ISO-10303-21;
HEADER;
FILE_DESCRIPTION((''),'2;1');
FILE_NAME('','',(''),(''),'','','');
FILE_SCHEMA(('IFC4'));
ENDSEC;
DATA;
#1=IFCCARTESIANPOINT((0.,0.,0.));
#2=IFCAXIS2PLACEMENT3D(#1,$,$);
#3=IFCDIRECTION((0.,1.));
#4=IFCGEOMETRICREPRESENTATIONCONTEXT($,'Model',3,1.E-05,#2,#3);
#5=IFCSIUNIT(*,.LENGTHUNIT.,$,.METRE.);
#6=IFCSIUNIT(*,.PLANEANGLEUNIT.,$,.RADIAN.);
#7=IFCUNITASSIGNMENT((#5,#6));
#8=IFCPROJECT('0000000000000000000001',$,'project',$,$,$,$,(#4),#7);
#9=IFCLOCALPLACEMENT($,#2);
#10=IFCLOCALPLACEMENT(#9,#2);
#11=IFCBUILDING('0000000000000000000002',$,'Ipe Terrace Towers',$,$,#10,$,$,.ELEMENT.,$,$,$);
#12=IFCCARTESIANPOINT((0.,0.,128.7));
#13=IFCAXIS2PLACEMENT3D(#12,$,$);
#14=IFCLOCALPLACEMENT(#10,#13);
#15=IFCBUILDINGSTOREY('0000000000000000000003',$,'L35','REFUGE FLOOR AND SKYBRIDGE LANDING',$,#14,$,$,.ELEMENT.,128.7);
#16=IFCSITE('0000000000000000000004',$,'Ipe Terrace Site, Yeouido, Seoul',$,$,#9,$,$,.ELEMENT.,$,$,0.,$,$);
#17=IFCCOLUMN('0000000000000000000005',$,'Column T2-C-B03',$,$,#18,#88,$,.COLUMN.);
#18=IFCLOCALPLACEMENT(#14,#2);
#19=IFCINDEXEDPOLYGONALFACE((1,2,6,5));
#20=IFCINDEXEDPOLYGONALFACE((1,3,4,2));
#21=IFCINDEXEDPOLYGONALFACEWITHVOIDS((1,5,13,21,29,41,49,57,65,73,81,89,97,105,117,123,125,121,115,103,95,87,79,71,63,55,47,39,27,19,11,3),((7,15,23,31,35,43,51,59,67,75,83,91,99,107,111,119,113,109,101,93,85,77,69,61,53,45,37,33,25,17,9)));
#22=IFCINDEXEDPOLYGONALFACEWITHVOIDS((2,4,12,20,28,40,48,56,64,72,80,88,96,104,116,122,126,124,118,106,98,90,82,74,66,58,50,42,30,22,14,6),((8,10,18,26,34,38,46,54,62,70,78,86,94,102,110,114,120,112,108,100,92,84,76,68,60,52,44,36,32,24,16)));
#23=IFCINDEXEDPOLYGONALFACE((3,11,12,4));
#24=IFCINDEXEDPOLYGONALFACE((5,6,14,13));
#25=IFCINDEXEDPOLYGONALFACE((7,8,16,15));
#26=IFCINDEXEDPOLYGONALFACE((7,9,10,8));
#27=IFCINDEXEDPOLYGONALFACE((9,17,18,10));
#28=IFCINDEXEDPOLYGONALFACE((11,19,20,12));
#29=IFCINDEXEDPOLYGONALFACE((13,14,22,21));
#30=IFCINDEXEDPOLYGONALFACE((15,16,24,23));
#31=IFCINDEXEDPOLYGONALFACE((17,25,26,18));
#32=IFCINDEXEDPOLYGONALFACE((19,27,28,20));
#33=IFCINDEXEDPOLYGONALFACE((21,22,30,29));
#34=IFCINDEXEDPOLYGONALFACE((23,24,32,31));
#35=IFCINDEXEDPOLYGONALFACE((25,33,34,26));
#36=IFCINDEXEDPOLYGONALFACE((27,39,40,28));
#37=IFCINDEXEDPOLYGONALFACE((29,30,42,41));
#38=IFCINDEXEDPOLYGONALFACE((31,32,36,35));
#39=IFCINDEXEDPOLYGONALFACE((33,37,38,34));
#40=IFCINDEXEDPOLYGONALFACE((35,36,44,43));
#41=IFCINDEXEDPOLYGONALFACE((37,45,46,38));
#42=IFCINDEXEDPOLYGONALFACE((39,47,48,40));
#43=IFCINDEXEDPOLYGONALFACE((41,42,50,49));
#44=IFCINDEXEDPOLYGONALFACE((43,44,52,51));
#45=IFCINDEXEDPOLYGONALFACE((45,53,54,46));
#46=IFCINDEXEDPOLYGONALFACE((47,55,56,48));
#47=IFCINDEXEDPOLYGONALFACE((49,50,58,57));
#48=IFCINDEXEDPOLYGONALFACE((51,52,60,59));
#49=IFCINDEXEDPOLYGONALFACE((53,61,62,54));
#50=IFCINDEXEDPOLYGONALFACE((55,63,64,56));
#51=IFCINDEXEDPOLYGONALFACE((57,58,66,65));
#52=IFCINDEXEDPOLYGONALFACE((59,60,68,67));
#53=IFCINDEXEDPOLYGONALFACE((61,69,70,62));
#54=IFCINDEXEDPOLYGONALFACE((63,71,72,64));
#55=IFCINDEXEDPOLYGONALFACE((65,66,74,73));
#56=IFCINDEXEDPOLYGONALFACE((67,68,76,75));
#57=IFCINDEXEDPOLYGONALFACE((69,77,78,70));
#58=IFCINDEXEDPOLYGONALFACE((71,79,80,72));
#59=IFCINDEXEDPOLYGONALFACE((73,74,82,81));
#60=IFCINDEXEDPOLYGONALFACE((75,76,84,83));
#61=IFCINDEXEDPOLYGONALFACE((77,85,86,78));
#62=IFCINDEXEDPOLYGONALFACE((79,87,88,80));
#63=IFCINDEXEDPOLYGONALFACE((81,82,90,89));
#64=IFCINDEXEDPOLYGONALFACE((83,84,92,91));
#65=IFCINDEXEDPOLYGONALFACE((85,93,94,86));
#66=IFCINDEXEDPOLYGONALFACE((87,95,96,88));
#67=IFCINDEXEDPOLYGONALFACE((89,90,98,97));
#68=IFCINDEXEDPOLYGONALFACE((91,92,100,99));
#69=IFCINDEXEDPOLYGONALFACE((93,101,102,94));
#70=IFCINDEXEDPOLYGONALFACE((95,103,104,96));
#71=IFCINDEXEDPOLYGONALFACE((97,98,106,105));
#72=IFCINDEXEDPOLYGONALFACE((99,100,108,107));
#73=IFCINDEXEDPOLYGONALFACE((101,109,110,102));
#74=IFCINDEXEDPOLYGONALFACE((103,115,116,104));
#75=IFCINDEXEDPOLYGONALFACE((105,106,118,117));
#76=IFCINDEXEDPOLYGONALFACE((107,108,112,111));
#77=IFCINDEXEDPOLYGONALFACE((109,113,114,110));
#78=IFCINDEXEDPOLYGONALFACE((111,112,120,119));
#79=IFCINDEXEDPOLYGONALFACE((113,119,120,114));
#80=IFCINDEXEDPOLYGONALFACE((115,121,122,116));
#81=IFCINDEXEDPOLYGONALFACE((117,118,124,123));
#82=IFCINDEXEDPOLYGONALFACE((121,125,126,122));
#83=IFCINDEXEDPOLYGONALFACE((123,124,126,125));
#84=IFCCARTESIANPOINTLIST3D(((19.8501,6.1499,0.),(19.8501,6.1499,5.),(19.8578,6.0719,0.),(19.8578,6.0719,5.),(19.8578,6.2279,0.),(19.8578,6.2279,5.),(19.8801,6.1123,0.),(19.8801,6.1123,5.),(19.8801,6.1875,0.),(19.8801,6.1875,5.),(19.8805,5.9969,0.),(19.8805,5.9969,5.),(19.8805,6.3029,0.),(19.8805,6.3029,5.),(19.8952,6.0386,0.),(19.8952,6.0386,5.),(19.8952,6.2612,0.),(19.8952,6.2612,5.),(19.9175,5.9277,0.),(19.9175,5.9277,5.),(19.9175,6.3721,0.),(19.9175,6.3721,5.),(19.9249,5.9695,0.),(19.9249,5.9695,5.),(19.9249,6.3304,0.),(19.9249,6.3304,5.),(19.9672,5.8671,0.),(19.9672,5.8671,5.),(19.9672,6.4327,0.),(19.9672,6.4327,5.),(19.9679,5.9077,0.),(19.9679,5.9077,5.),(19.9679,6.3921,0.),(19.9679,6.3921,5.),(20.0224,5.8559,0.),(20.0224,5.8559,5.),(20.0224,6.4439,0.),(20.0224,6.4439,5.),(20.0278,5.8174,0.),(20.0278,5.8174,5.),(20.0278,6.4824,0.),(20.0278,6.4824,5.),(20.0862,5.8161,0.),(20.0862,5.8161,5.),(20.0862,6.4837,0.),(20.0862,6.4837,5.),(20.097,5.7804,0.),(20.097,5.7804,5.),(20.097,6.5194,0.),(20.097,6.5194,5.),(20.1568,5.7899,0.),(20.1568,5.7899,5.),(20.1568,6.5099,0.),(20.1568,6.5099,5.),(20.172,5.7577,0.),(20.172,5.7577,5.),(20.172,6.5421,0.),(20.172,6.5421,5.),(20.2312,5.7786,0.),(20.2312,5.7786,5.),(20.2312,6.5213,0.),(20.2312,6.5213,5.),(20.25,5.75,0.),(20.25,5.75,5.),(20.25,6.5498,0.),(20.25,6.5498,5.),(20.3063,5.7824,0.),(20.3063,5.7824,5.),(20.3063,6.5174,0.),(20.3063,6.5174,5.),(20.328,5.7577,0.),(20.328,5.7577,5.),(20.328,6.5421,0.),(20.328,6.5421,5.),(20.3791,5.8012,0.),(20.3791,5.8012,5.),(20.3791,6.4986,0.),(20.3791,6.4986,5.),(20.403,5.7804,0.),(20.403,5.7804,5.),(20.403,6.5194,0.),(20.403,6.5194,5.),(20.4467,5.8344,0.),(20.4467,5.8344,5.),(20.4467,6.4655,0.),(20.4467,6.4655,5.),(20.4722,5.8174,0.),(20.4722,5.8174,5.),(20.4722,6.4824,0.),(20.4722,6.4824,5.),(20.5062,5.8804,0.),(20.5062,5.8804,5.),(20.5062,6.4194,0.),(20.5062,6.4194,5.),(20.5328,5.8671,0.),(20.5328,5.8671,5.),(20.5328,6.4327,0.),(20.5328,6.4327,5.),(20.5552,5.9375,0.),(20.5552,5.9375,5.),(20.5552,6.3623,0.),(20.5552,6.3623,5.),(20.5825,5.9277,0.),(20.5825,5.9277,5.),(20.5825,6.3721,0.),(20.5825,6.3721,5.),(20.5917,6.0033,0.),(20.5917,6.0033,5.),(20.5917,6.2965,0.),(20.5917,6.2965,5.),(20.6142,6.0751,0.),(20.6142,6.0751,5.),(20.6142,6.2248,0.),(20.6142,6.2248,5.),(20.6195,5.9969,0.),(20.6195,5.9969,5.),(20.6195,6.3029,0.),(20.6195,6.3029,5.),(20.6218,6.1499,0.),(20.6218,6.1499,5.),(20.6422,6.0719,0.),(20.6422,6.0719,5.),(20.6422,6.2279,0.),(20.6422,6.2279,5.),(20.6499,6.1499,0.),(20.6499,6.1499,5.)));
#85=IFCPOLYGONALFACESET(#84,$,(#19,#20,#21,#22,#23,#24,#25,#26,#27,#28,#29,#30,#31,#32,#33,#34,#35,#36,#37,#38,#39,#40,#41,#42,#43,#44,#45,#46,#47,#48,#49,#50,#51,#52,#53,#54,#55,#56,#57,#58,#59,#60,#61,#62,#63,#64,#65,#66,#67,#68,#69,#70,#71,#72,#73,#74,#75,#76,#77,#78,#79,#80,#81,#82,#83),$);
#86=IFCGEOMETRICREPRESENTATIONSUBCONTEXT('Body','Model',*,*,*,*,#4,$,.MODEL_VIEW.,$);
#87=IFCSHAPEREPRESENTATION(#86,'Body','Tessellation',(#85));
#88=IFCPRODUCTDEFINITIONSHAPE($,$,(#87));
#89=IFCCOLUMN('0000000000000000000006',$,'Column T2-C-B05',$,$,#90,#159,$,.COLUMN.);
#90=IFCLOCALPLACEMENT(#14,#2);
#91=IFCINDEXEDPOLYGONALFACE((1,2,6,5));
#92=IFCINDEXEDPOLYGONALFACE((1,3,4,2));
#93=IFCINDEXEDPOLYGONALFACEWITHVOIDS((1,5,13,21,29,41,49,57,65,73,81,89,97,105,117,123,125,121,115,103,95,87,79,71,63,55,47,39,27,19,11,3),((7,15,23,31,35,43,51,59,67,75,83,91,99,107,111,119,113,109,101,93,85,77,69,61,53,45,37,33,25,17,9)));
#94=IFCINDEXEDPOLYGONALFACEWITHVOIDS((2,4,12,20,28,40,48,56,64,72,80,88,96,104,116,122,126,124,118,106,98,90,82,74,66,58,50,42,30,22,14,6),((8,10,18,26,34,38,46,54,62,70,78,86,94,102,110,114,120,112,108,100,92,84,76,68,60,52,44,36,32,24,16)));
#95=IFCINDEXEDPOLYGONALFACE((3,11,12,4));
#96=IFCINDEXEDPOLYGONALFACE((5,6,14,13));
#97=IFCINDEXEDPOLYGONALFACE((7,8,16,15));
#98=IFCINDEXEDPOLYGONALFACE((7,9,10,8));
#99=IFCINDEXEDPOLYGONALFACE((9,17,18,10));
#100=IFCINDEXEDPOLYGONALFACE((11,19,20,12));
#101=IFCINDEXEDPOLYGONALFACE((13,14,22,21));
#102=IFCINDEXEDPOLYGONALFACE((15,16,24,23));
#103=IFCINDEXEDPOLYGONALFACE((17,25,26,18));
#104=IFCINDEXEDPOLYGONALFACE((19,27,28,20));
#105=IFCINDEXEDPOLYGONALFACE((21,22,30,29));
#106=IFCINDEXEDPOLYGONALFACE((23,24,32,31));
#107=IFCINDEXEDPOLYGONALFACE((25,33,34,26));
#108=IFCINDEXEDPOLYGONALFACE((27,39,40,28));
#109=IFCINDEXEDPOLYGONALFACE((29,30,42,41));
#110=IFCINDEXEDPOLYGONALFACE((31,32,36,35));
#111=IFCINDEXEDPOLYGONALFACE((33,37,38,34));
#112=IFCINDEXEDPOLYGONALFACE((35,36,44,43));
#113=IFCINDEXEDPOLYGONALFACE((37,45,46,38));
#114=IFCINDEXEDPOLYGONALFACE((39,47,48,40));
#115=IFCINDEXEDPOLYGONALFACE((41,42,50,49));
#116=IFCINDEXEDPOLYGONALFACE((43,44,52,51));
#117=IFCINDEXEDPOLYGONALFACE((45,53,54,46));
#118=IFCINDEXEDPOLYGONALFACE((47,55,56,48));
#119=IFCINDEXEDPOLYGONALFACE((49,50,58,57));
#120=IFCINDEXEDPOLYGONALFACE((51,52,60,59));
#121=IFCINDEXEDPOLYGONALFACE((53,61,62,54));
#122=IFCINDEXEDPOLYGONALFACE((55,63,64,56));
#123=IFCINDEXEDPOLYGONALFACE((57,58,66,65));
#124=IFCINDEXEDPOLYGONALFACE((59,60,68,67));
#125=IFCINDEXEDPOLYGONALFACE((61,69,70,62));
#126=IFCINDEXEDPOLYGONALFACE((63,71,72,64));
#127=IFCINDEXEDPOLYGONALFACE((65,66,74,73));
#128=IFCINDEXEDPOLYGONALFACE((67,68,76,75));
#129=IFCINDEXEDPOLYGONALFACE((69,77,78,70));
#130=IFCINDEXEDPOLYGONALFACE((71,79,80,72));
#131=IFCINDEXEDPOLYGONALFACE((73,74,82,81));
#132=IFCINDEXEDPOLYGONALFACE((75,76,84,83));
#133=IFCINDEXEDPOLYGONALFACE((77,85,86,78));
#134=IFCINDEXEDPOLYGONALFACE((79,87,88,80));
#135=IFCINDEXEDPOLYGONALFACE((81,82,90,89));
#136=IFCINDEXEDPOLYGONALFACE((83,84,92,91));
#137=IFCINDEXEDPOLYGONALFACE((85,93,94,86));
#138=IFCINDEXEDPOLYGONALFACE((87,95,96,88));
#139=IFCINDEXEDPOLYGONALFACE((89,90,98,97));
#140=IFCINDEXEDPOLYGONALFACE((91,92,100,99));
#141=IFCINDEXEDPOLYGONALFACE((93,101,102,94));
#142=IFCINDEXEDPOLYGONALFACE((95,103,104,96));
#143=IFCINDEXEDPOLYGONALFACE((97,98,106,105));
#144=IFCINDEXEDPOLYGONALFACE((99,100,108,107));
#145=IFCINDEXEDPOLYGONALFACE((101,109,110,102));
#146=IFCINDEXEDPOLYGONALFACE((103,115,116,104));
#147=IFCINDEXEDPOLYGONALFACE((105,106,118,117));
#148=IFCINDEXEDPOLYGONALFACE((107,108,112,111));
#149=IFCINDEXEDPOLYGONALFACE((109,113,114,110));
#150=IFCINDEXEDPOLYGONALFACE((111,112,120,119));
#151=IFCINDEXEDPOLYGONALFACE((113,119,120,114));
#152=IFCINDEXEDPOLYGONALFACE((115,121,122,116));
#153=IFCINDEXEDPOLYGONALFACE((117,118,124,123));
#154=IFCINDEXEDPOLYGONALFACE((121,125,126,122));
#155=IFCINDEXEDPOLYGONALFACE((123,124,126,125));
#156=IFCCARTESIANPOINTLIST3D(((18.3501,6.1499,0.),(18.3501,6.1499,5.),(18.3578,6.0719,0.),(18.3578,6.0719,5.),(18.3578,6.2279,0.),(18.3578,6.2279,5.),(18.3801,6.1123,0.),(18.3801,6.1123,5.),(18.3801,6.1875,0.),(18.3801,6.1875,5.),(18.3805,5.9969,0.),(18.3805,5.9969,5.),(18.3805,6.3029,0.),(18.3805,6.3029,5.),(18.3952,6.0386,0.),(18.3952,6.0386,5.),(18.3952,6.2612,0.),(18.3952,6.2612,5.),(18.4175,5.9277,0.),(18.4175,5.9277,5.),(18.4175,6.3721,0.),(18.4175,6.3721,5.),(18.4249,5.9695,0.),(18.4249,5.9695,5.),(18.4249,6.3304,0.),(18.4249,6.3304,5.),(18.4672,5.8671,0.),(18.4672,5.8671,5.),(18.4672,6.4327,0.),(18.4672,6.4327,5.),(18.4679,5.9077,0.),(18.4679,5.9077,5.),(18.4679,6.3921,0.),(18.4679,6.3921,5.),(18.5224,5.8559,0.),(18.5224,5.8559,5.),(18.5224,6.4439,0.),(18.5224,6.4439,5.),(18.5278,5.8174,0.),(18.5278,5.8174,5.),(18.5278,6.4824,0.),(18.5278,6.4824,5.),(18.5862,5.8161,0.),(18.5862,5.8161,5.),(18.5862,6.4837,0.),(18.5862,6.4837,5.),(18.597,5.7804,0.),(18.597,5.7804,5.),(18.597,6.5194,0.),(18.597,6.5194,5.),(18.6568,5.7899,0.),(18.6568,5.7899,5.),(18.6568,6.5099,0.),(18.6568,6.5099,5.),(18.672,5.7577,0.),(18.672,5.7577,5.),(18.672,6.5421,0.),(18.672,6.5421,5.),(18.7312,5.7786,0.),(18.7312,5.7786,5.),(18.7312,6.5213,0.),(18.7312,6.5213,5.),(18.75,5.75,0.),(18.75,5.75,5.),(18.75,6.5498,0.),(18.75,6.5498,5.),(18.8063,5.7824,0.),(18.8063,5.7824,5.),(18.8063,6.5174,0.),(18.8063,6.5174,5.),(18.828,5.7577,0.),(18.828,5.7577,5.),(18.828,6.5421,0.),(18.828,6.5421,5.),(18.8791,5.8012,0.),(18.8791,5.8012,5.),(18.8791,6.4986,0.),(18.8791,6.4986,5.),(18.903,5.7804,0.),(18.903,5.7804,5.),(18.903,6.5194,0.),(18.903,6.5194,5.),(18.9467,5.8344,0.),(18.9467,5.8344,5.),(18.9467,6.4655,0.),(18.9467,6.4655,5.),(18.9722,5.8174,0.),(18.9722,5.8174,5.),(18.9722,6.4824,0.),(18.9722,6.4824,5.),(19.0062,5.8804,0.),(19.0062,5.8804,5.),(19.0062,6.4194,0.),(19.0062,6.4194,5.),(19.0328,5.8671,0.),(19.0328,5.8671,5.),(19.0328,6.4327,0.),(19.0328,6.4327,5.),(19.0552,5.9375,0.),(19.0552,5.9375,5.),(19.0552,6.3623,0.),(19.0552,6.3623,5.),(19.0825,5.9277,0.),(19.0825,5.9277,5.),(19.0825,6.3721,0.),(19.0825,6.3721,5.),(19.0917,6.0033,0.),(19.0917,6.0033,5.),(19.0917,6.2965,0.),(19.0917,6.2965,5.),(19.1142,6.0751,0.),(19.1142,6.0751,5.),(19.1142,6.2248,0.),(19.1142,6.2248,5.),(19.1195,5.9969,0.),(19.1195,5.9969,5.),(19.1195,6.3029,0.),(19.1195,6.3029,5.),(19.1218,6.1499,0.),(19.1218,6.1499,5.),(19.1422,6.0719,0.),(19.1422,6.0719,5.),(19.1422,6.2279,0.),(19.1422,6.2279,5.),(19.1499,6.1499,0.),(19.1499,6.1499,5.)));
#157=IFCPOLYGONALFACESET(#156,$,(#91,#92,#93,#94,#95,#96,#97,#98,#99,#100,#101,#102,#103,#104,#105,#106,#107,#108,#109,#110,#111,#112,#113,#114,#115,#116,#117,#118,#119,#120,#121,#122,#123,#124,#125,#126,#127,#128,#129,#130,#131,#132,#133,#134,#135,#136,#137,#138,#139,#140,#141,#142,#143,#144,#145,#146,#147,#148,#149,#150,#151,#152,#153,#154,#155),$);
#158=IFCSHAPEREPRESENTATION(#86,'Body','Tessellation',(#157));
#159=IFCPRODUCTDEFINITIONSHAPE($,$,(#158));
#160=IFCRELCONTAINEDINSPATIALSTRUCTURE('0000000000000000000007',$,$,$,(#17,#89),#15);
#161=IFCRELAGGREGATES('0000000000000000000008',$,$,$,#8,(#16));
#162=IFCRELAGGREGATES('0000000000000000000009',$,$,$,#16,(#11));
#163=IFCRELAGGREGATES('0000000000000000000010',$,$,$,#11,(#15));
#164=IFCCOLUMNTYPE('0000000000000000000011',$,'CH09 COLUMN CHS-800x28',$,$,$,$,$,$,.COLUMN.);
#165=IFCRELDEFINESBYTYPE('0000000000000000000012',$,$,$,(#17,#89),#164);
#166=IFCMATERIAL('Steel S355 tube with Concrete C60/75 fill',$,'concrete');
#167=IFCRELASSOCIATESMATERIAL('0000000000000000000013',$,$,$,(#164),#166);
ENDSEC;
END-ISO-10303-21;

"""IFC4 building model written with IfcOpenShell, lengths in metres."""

from ifc_helpers import new_model, si_unit, direction, frame, origin, origin_2d, place, context, subcontext, project, spatial, hollow_circle, extrude, material, material_profile, profile_set, type_object, element, save


model = new_model("IFC4")

# Units and contexts
model_context = context("Model", 3, precision=1e-05, world=origin(), true_north=direction((0.0, 1.0)))
body_context = subcontext(model_context, "Body", "Model", "MODEL_VIEW")
ifc_project = project(units=[si_unit("LENGTHUNIT", "METRE"), si_unit("PLANEANGLEUNIT", "RADIAN")], contexts=[model_context])

# Site, building, storey
site_placement = place(None, origin())
site = spatial("IfcSite", under=ifc_project, at=site_placement, Name="Ipe Terrace Site, Yeouido, Seoul", CompositionType="ELEMENT", RefElevation=0.0)
building_placement = place(site_placement, origin())
building = spatial("IfcBuilding", under=site, at=building_placement, Name="Ipe Terrace Towers", CompositionType="ELEMENT")
storey_placement = place(building_placement, frame((0.0, 0.0, 128.7)))
storey = spatial("IfcBuildingStorey", under=building, at=storey_placement, Name="L35", Description="REFUGE FLOOR AND SKYBRIDGE LANDING", CompositionType="ELEMENT", Elevation=128.7)

# Columns
ifc_material_1 = material(Name="Steel S355 tube with Concrete C60/75 fill", Category="concrete")
ifc_material_profile_1 = material_profile(ifc_material_1, hollow_circle(Radius=0.3999, WallThickness=0.0281, at=origin_2d()), Name="CHS-800x28")
ifc_profile_set_1 = profile_set([ifc_material_profile_1], Name="Steel S355 tube with Concrete C60/75 fill")
column_type = type_object("IfcColumnType", Name="CH09 COLUMN CHS-800x28", PredefinedType="COLUMN", material=ifc_profile_set_1)
for number, where, z_axis, x_axis, name in (
    (1, (20.25, 6.1499, 0.0), (0.0, 0.0, 1.0), (1.0, 0.0, 0.0), "Column T2-C-B03"),
    (2, (18.75, 6.1499, 0.0), (0.0, 0.0, 1.0), (1.0, 0.0, 0.0), "Column T2-C-B05"),
):
    element("IfcColumn", number, at=place(storey_placement, frame(where, z_axis=z_axis, x_axis=x_axis)), inside=storey, type_object=column_type, Name=name, PredefinedType="COLUMN", context=body_context, shape_type="SweptSolid", body=[
        extrude(hollow_circle(Radius=0.3999, WallThickness=0.0281, at=origin_2d()), origin(), (0.0, 0.0, 1.0), 5.0),
    ])

save(model, "model.ifc")
